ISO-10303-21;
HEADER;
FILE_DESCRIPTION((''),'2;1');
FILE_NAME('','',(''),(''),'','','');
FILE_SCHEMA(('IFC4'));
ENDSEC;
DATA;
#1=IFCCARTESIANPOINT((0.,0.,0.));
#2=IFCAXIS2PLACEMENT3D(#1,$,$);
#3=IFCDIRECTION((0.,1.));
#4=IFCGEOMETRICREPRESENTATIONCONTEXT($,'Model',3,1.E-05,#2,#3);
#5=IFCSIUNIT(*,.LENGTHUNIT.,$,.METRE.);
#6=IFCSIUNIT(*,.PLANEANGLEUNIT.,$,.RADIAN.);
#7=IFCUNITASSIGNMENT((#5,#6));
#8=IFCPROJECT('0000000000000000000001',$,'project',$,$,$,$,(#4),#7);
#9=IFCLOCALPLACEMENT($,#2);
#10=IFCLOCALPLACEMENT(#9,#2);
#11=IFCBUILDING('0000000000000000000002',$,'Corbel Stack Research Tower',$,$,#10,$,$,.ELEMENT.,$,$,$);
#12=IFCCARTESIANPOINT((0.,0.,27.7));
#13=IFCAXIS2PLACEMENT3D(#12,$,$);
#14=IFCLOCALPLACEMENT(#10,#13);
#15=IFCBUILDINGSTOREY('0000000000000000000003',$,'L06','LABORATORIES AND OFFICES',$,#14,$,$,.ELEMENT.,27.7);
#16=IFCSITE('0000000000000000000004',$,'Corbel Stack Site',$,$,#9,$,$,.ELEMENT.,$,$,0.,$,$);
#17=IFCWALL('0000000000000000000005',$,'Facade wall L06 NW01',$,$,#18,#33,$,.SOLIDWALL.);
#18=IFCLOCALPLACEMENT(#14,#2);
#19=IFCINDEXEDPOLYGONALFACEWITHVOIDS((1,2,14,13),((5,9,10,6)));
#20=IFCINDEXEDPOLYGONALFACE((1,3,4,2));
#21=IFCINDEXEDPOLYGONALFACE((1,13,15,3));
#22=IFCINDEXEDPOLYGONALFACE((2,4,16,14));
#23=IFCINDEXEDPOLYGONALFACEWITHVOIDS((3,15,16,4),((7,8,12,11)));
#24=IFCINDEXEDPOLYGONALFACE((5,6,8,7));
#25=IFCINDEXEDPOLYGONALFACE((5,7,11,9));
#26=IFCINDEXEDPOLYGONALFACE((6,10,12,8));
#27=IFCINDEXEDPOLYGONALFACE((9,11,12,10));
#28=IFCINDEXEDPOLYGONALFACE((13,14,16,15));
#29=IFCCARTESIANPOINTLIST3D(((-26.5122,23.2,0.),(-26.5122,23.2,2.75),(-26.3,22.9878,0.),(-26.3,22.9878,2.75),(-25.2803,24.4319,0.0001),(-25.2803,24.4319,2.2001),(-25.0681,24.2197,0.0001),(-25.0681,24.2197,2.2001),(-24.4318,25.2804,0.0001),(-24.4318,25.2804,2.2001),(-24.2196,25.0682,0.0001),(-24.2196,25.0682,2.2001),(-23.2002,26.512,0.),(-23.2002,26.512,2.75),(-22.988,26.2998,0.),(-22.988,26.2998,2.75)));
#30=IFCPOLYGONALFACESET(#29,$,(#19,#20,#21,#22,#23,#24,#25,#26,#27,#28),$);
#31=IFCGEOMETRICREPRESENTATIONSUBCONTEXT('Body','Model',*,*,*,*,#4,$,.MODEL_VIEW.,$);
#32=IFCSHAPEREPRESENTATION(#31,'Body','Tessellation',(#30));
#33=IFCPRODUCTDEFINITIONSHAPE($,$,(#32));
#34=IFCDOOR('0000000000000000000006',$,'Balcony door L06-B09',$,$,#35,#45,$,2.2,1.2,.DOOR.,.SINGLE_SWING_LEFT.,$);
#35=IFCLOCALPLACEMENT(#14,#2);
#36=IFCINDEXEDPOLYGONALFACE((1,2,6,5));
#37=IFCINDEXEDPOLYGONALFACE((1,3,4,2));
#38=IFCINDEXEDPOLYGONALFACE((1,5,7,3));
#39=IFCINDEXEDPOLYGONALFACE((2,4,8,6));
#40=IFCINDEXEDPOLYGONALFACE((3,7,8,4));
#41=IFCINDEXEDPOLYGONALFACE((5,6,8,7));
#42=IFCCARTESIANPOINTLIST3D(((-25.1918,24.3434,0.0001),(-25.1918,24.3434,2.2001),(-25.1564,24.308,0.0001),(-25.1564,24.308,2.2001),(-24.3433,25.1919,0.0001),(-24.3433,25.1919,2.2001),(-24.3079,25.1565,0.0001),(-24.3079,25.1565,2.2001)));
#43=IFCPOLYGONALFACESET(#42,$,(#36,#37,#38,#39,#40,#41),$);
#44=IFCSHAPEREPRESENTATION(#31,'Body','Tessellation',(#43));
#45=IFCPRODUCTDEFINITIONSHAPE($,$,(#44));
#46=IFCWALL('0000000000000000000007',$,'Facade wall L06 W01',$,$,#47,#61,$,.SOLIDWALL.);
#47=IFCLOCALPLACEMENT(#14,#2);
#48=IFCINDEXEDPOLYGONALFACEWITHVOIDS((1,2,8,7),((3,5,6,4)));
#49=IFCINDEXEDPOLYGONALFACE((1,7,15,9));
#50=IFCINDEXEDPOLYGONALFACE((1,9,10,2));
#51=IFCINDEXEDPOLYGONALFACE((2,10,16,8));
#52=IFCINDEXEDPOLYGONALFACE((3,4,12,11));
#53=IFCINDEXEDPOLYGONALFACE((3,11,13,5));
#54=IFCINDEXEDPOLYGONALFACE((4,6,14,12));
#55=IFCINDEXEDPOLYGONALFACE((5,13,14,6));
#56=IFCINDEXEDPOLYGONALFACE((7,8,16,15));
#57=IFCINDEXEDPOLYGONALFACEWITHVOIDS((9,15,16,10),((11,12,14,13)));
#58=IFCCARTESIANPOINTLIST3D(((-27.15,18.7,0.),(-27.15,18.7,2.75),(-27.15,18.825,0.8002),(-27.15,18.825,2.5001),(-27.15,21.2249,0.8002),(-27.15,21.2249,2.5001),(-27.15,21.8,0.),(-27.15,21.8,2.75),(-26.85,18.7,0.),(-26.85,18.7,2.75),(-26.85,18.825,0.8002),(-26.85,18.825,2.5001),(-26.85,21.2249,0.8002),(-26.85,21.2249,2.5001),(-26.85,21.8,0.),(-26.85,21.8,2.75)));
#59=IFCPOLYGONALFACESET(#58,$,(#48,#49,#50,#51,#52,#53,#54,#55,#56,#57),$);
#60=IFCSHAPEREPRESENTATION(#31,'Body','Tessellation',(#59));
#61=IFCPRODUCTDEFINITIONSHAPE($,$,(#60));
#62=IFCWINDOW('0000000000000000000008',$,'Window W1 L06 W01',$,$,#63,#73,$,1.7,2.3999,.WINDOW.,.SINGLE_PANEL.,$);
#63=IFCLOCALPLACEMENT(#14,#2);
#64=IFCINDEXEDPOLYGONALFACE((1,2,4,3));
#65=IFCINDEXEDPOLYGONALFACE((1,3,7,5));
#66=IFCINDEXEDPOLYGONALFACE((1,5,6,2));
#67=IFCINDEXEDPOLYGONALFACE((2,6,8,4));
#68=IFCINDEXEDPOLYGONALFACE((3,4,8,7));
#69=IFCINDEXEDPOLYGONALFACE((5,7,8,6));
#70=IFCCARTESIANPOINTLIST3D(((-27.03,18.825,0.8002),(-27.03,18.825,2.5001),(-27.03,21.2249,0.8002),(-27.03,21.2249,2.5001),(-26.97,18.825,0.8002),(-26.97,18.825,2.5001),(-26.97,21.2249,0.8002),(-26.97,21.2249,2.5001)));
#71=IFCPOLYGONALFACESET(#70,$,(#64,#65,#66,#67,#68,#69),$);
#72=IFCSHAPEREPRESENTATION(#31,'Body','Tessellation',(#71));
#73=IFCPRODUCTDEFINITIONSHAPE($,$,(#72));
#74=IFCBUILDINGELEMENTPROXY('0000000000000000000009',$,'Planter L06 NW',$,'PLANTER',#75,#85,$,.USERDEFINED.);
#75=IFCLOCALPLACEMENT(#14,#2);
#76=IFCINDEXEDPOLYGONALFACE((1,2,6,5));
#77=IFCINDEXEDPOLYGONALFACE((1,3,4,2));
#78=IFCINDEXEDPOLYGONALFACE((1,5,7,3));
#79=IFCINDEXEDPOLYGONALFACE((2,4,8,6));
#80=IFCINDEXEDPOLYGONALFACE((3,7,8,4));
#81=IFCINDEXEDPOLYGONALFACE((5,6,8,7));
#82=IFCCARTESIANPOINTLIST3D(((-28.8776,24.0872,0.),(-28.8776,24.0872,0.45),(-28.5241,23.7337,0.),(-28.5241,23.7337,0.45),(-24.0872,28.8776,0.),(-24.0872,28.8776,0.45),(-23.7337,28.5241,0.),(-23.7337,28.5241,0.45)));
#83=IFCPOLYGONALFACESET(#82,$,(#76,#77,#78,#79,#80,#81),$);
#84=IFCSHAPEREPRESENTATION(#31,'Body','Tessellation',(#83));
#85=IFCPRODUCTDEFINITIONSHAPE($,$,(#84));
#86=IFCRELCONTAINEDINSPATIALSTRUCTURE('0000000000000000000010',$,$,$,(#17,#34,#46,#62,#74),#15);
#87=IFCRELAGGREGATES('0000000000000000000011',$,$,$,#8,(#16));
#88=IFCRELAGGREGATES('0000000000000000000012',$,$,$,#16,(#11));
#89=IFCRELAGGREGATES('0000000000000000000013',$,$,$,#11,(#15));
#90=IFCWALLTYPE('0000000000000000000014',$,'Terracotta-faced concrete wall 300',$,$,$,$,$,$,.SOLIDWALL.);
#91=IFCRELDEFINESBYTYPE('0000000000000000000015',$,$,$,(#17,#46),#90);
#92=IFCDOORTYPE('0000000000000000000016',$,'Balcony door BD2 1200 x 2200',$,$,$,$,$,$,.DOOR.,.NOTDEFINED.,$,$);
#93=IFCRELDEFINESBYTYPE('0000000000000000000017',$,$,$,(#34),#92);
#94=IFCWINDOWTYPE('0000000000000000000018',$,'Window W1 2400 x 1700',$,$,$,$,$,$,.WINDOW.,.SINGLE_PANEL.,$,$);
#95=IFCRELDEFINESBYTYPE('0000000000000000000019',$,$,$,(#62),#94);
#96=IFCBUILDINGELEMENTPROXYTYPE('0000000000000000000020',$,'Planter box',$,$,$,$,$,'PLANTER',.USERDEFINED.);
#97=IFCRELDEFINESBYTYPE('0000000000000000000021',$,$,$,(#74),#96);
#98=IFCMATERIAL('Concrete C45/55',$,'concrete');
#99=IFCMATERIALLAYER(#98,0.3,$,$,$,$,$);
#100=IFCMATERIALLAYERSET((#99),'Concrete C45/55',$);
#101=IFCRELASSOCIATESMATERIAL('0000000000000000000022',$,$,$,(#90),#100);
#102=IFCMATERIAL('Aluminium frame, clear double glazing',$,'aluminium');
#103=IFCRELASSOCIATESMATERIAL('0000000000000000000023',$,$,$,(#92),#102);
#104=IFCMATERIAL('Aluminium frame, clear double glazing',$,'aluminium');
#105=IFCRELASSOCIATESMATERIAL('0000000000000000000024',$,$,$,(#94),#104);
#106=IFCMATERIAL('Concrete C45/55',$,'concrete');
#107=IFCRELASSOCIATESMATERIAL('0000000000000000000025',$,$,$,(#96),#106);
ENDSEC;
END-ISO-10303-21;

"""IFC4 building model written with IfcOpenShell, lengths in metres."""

from ifc_helpers import new_model, si_unit, direction, frame, frame_2d, origin, origin_2d, place, context, subcontext, project, spatial, rectangle, extrude, material, layer, layer_set, type_object, element, fill, save


model = new_model("IFC4")

# Units and contexts
model_context = context("Model", 3, precision=1e-05, world=origin(), true_north=direction((0.0, 1.0)))
body_context = subcontext(model_context, "Body", "Model", "MODEL_VIEW")
ifc_project = project(units=[si_unit("LENGTHUNIT", "METRE"), si_unit("PLANEANGLEUNIT", "RADIAN")], contexts=[model_context])

# Site, building, storey
site_placement = place(None, origin())
site = spatial("IfcSite", under=ifc_project, at=site_placement, Name="Corbel Stack Site", CompositionType="ELEMENT", RefElevation=0.0)
building_placement = place(site_placement, origin())
building = spatial("IfcBuilding", under=site, at=building_placement, Name="Corbel Stack Research Tower", CompositionType="ELEMENT")
storey_placement = place(building_placement, frame((0.0, 0.0, 27.7)))
storey = spatial("IfcBuildingStorey", under=building, at=storey_placement, Name="L06", Description="LABORATORIES AND OFFICES", CompositionType="ELEMENT", Elevation=27.7)

# Wall, opening, door
ifc_material_1 = material(Name="Concrete C45/55", Category="concrete")
ifc_layer_1 = layer(ifc_material_1, 0.3)
ifc_layer_set_1 = layer_set([ifc_layer_1], Name="Concrete C45/55")
wall_type_1 = type_object("IfcWallType", Name="Terracotta-faced concrete wall 300", PredefinedType="SOLIDWALL", material=ifc_layer_set_1)
wall_1_placement = place(storey_placement, frame((-26.406, 23.094, 0.0), z_axis=(0.0, 0.0, 1.0), x_axis=(0.707107, 0.707107, 0.0)))
wall_1 = element("IfcWall", 1, at=wall_1_placement, inside=storey, type_object=wall_type_1, Name="Facade wall L06 NW01", PredefinedType="SOLIDWALL", context=body_context, shape_type="SweptSolid", body=[
    extrude(rectangle(XDim=4.6838, YDim=0.3, at=frame_2d((2.3418, 0.0))), origin(), (0.0, 0.0, 1.0), 2.75),
])
opening_1_placement = place(wall_1_placement, frame((1.7419, 0.0, 0.0)))
opening_1 = element("IfcOpeningElement", 2, at=opening_1_placement, cuts=wall_1, PredefinedType="OPENING", context=body_context, shape_type="SweptSolid", body=[
    extrude(rectangle(XDim=1.2, YDim=2.2, at=frame_2d((0.6001, 1.1001))), frame((0.0, 0.1599, 0.0), z_axis=(0.0, -1.0, 0.0), x_axis=(1.0, 0.0, 0.0)), (0.0, 0.0, 1.0), 0.3201),
])
ifc_material_2 = material(Name="Aluminium frame, clear double glazing", Category="aluminium")
door_type_1 = type_object("IfcDoorType", Name="Balcony door BD2 1200 x 2200", OperationType="NOTDEFINED", PredefinedType="DOOR", material=ifc_material_2)
door_1_placement = place(opening_1_placement, origin())
door_1 = element("IfcDoor", 3, at=door_1_placement, inside=storey, type_object=door_type_1, Name="Balcony door L06-B09", OperationType="SINGLE_SWING_LEFT", OverallHeight=2.2, OverallWidth=1.2, PredefinedType="DOOR", context=body_context, shape_type="SweptSolid", body=[
    extrude(rectangle(XDim=1.2, YDim=2.2, at=frame_2d((0.6001, 1.1001))), frame((0.0, 0.0249, 0.0), z_axis=(0.0, -1.0, 0.0), x_axis=(1.0, 0.0, 0.0)), (0.0, 0.0, 1.0), 0.05),
])
fill(opening_1, door_1)

# Wall, opening, window
wall_2_placement = place(storey_placement, frame((-27.0, 18.7, 0.0), z_axis=(0.0, 0.0, 1.0), x_axis=(0.0, 1.0, 0.0)))
wall_2 = element("IfcWall", 4, at=wall_2_placement, inside=storey, type_object=wall_type_1, Name="Facade wall L06 W01", PredefinedType="SOLIDWALL", context=body_context, shape_type="SweptSolid", body=[
    extrude(rectangle(XDim=3.1001, YDim=0.3, at=frame_2d((1.55, 0.0))), origin(), (0.0, 0.0, 1.0), 2.75),
])
opening_2_placement = place(wall_2_placement, frame((0.125, 0.0, 0.8)))
opening_2 = element("IfcOpeningElement", 5, at=opening_2_placement, cuts=wall_2, PredefinedType="OPENING", context=body_context, shape_type="SweptSolid", body=[
    extrude(rectangle(XDim=2.3999, YDim=1.7, at=frame_2d((1.2, 0.8501))), frame((0.0, 0.1599, 0.0), z_axis=(0.0, -1.0, 0.0), x_axis=(1.0, 0.0, 0.0)), (0.0, 0.0, 1.0), 0.3201),
])
ifc_material_3 = material(Name="Aluminium frame, clear double glazing", Category="aluminium")
window_type = type_object("IfcWindowType", Name="Window W1 2400 x 1700", PartitioningType="SINGLE_PANEL", PredefinedType="WINDOW", material=ifc_material_3)
window_placement = place(opening_2_placement, origin())
window = element("IfcWindow", 6, at=window_placement, inside=storey, type_object=window_type, Name="Window W1 L06 W01", OverallHeight=1.7, OverallWidth=2.3999, PartitioningType="SINGLE_PANEL", PredefinedType="WINDOW", context=body_context, shape_type="SweptSolid", body=[
    extrude(rectangle(XDim=2.3999, YDim=1.7, at=frame_2d((1.2, 0.8501))), frame((0.0, 0.03, 0.0), z_axis=(0.0, -1.0, 0.0), x_axis=(1.0, 0.0, 0.0)), (0.0, 0.0, 1.0), 0.0601),
])
fill(opening_2, window)

# Building element proxy
ifc_material_4 = material(Name="Concrete C45/55", Category="concrete")
building_element_proxy_type = type_object("IfcBuildingElementProxyType", Name="Planter box", ElementType="PLANTER", PredefinedType="USERDEFINED", material=ifc_material_4)
proxy_placement = place(storey_placement, frame((-26.3057, 26.3057, 0.0), z_axis=(0.0, 0.0, 1.0), x_axis=(-0.707107, -0.707107, 0.0)))
element("IfcBuildingElementProxy", 7, at=proxy_placement, inside=storey, type_object=building_element_proxy_type, Name="Planter L06 NW", ObjectType="PLANTER", PredefinedType="USERDEFINED", context=body_context, shape_type="SweptSolid", body=[
    extrude(rectangle(XDim=6.7747, YDim=0.5, at=origin_2d()), origin(), (0.0, 0.0, 1.0), 0.45),
])

save(model, "model.ifc")
